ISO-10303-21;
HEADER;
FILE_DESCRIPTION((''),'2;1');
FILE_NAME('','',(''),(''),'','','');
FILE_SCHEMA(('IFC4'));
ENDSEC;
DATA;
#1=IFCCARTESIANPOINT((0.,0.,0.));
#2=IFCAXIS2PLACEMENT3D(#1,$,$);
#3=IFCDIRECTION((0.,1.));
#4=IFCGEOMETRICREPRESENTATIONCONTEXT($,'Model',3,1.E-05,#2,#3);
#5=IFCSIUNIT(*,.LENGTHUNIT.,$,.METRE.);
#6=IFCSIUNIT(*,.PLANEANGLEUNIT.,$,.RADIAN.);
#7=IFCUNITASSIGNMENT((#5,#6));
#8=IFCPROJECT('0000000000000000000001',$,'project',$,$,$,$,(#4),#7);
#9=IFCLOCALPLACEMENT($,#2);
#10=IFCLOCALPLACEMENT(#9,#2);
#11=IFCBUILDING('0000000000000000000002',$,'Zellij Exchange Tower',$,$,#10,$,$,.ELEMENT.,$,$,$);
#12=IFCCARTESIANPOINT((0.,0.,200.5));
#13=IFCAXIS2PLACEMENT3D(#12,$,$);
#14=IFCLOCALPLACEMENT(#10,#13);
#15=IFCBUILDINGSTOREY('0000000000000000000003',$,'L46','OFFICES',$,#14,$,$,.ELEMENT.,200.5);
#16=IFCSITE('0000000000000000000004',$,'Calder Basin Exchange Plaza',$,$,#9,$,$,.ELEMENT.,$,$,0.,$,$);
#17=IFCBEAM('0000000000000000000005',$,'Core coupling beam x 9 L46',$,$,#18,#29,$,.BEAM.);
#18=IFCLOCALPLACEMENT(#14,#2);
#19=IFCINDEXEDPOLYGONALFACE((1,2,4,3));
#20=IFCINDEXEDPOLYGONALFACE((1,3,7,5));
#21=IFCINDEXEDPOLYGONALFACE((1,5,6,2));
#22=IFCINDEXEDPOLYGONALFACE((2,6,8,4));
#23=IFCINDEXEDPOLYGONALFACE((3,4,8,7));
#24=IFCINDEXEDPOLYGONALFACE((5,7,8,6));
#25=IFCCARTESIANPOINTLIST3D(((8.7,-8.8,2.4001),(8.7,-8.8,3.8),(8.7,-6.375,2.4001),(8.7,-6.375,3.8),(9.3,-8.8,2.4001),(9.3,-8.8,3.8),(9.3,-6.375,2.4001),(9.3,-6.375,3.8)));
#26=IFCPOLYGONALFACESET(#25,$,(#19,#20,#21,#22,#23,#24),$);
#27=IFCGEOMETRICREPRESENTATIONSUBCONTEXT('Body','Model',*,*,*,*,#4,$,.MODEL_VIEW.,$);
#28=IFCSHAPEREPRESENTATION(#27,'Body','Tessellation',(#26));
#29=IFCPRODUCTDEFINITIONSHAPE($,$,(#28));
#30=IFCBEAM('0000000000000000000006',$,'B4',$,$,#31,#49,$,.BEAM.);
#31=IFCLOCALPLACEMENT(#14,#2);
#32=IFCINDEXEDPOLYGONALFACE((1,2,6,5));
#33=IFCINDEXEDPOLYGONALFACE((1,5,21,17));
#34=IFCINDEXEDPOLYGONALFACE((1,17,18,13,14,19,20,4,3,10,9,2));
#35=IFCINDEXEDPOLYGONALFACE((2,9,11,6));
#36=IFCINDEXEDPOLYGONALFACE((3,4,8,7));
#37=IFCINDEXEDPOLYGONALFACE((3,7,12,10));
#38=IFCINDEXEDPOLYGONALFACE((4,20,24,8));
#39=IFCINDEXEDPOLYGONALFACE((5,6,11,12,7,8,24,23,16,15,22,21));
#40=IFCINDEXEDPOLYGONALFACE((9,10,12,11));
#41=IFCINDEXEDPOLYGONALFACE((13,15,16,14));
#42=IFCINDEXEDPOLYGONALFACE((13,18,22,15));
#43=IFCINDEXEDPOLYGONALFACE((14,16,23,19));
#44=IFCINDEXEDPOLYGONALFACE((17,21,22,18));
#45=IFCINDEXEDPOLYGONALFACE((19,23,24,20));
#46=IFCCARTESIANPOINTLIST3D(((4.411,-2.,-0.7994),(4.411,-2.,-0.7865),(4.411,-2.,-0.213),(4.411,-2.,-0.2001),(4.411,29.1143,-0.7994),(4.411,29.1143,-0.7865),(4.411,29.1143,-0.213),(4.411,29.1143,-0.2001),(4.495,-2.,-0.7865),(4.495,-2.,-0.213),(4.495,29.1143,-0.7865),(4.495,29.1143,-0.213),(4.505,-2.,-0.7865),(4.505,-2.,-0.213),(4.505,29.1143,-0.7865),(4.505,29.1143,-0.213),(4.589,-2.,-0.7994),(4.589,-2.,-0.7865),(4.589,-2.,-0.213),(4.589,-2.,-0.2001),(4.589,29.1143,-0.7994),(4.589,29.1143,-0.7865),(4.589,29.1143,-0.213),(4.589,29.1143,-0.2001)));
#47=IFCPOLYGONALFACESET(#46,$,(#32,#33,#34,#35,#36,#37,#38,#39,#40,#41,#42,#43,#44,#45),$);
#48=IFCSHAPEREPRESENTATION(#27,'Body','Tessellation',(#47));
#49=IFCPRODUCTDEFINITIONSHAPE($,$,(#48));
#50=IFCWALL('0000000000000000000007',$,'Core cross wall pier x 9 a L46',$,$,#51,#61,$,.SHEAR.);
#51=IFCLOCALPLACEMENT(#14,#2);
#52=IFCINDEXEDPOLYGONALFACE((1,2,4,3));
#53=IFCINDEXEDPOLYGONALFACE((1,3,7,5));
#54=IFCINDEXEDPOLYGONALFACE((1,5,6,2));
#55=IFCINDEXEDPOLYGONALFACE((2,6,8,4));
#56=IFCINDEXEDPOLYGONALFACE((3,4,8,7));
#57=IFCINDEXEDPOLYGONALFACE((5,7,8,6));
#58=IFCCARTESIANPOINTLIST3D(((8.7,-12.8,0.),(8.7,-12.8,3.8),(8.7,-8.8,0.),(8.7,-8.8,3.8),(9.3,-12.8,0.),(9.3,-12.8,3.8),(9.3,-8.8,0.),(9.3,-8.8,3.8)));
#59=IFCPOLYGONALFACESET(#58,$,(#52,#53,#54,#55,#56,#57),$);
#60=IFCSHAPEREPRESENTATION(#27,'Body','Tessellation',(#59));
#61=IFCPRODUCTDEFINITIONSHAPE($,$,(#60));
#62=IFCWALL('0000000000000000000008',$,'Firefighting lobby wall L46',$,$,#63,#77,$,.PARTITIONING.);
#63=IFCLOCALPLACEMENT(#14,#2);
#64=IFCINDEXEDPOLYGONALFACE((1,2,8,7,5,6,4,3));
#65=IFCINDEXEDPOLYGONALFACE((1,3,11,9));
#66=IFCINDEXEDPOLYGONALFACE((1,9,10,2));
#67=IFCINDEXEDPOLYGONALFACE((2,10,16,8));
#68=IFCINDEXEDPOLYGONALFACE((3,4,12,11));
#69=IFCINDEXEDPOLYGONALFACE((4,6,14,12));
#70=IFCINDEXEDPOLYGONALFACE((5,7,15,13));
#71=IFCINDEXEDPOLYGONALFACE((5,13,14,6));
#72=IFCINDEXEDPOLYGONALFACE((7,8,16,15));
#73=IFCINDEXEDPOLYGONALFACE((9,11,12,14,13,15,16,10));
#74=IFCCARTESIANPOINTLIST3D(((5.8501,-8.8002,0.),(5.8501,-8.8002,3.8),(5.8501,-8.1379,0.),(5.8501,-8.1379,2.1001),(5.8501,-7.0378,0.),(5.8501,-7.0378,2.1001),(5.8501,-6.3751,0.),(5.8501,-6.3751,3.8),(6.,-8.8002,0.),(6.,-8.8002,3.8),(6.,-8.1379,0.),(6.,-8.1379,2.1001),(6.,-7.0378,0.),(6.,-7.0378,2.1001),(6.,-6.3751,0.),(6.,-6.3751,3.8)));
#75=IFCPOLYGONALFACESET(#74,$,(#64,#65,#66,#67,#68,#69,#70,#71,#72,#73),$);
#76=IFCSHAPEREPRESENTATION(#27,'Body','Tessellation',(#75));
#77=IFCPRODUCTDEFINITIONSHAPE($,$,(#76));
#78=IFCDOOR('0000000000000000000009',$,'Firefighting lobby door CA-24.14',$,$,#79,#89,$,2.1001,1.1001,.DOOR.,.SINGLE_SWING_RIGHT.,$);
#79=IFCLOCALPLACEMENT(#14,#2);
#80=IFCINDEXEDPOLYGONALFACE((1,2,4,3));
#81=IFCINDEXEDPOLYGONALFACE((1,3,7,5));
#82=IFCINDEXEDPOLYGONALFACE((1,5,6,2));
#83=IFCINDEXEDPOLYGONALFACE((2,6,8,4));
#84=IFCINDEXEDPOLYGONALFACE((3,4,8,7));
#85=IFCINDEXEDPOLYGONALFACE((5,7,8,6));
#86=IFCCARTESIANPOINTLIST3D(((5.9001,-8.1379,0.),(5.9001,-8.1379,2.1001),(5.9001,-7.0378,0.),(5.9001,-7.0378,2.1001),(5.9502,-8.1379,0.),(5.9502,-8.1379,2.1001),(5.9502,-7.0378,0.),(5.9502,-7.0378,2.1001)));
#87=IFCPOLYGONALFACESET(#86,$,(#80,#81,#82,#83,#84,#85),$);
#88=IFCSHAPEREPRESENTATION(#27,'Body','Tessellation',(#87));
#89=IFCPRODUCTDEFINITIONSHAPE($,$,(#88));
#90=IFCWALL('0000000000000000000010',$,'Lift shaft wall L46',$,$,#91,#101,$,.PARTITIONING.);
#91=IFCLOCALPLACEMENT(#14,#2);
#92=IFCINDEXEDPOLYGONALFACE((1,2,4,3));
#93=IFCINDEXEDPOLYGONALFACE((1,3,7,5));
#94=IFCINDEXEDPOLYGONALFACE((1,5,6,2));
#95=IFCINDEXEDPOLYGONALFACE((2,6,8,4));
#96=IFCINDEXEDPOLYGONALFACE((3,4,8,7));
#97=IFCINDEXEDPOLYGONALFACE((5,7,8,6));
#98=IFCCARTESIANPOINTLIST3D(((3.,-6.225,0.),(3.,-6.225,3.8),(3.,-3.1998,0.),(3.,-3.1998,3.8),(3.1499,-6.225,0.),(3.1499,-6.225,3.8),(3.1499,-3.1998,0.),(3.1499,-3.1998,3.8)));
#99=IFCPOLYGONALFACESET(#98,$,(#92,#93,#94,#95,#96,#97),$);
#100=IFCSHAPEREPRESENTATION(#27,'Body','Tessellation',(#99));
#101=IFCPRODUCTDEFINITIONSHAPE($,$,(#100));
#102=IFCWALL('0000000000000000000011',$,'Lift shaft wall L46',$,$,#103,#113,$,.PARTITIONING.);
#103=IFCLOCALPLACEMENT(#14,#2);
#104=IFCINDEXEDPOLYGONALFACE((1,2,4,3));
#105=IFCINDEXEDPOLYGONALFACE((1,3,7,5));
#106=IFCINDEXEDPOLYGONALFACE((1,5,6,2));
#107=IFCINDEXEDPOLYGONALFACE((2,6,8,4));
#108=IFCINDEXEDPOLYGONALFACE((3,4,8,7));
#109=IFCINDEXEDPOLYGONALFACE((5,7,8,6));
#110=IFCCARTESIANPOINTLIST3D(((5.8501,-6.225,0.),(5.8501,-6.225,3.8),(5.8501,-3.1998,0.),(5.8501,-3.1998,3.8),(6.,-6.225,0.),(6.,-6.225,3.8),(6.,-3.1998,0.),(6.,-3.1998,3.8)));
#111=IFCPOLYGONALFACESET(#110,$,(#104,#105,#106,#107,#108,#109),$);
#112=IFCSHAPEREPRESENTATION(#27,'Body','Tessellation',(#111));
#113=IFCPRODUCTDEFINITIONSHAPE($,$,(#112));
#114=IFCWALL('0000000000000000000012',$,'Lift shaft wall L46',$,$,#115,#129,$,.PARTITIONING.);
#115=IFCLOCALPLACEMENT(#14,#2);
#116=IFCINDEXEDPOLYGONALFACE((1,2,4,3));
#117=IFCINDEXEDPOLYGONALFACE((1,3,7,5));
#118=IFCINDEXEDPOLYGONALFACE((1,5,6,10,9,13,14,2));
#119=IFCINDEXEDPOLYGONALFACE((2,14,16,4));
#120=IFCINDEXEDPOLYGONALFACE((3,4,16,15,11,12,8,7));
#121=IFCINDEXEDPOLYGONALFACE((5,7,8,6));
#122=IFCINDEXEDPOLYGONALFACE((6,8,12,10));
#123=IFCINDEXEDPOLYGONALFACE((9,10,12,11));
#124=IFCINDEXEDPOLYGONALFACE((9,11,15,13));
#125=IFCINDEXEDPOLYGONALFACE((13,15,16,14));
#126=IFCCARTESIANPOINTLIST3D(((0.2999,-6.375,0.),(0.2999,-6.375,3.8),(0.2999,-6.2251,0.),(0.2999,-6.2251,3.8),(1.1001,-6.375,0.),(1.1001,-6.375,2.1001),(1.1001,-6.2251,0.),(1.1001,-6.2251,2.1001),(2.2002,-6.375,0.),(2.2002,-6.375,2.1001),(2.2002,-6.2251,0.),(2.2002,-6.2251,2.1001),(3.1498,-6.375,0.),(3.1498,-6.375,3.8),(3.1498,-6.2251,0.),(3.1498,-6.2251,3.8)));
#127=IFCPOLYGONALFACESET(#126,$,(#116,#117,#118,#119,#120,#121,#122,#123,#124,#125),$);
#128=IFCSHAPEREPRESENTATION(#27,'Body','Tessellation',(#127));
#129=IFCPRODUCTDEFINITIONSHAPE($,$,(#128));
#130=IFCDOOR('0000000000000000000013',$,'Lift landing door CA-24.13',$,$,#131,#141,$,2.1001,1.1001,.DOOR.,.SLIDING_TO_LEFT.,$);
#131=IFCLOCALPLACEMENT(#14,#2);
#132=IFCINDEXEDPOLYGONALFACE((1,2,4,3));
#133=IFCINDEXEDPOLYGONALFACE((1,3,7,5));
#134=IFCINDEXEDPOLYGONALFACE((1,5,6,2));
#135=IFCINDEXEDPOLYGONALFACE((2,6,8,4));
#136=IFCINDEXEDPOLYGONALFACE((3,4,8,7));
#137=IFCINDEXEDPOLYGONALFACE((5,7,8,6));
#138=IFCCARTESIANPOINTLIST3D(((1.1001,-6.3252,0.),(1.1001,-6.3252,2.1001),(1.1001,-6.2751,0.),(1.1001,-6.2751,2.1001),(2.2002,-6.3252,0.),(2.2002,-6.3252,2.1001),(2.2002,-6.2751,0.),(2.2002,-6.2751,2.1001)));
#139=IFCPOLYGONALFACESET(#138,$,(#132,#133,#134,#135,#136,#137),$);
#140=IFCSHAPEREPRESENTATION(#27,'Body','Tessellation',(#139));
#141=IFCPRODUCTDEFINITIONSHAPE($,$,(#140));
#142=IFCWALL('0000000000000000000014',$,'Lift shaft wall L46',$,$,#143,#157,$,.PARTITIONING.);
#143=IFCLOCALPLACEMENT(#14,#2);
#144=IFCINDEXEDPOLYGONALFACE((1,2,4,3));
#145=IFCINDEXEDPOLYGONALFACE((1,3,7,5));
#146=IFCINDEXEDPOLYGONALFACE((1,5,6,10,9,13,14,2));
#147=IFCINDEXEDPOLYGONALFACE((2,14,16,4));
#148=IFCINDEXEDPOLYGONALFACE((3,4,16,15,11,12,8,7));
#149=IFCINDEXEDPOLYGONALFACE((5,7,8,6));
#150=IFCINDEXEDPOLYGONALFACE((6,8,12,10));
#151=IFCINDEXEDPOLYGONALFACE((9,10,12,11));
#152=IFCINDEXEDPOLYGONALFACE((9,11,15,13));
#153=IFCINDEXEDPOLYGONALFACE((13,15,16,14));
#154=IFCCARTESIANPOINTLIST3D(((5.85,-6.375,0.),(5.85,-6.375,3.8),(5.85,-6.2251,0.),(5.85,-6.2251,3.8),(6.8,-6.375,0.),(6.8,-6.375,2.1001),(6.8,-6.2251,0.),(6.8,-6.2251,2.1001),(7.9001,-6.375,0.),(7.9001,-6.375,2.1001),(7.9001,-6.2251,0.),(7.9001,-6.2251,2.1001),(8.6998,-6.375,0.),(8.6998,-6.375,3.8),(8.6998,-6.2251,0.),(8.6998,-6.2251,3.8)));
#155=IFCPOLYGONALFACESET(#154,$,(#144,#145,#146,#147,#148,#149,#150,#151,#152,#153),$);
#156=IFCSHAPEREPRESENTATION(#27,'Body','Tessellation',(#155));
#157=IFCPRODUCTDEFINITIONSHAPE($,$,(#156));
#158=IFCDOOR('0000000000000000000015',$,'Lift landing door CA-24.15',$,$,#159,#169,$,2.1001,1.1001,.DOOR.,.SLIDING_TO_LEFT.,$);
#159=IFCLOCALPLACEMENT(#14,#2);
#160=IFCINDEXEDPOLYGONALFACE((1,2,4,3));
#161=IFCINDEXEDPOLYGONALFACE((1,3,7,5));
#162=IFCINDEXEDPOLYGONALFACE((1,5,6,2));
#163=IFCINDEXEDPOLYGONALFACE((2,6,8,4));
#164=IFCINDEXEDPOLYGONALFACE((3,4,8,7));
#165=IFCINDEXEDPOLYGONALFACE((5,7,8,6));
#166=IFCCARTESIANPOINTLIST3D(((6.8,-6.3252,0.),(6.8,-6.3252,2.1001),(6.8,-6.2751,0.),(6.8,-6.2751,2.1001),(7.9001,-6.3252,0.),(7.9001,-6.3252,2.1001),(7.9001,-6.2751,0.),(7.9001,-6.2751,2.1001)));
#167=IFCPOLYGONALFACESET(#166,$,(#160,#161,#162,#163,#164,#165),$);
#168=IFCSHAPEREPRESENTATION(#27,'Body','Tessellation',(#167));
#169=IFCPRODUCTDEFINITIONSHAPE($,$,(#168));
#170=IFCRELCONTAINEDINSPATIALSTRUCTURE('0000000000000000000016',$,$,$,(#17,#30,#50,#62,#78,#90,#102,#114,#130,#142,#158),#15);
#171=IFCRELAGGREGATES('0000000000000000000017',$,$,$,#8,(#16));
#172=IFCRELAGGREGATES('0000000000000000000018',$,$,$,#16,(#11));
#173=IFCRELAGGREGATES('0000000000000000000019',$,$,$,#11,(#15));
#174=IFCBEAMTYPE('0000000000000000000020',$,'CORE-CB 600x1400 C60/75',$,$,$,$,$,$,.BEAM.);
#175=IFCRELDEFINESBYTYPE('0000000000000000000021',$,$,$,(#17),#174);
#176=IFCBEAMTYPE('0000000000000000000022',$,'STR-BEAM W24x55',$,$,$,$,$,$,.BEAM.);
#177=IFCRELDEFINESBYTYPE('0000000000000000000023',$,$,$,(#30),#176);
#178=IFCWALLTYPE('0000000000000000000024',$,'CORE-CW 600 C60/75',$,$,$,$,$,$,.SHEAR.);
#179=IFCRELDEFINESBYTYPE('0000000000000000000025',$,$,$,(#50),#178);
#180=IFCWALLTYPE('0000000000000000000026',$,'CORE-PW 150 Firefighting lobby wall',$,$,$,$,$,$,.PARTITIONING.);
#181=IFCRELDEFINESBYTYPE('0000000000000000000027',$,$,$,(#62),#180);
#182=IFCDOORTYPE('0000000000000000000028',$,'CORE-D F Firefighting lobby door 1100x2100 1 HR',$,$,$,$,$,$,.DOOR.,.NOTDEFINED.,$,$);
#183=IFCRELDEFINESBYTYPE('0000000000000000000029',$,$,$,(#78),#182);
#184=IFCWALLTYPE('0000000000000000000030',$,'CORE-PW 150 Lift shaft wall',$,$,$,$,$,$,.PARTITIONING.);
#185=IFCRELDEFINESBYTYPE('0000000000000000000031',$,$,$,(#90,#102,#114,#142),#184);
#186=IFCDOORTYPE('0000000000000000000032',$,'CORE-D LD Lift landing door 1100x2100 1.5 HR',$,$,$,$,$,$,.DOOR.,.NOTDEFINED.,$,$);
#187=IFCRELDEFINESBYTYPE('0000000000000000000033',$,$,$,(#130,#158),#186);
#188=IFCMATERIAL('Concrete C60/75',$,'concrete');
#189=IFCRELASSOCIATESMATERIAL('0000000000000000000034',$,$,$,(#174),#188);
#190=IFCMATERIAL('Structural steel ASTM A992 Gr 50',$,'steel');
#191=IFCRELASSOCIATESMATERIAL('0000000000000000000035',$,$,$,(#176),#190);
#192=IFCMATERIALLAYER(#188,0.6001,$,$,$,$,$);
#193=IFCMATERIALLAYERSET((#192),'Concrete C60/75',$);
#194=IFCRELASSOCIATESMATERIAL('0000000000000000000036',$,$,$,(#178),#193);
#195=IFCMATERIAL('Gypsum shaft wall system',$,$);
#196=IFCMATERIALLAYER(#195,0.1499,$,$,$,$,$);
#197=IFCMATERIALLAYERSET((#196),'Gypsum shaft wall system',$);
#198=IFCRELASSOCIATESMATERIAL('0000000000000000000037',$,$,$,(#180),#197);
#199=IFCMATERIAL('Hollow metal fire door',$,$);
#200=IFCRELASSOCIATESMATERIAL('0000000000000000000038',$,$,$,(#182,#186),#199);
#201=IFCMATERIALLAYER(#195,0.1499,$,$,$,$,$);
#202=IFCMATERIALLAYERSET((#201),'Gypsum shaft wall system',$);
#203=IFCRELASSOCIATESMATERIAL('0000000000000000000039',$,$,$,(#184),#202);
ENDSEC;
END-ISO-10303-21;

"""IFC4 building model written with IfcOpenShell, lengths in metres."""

from ifc_helpers import new_model, si_unit, direction, frame, frame_2d, origin, origin_2d, place, context, subcontext, project, spatial, rectangle, i_section, extrude, material, layer, layer_set, material_profile, profile_set, type_object, element, fill, save


model = new_model("IFC4")

# Units and contexts
model_context = context("Model", 3, precision=1e-05, world=origin(), true_north=direction((0.0, 1.0)))
body_context = subcontext(model_context, "Body", "Model", "MODEL_VIEW")
ifc_project = project(units=[si_unit("LENGTHUNIT", "METRE"), si_unit("PLANEANGLEUNIT", "RADIAN")], contexts=[model_context])

# Site, building, storey
site_placement = place(None, origin())
site = spatial("IfcSite", under=ifc_project, at=site_placement, Name="Calder Basin Exchange Plaza", CompositionType="ELEMENT", RefElevation=0.0)
building_placement = place(site_placement, origin())
building = spatial("IfcBuilding", under=site, at=building_placement, Name="Zellij Exchange Tower", CompositionType="ELEMENT")
storey_placement = place(building_placement, frame((0.0, 0.0, 200.5)))
storey = spatial("IfcBuildingStorey", under=building, at=storey_placement, Name="L46", Description="OFFICES", CompositionType="ELEMENT", Elevation=200.5)

# Beams
ifc_material_1 = material(Name="Concrete C60/75", Category="concrete")
ifc_material_profile_1 = material_profile(ifc_material_1, rectangle(XDim=0.6001, YDim=1.3999, at=origin_2d()), Name="CORE-CB 600x1400 C60/75")
ifc_profile_set_1 = profile_set([ifc_material_profile_1], Name="Concrete C60/75")
beam_type_1 = type_object("IfcBeamType", Name="CORE-CB 600x1400 C60/75", PredefinedType="BEAM", material=ifc_profile_set_1)
beam_1_placement = place(storey_placement, frame((9.0, -8.8, 3.1001), z_axis=(0.0, 1.0, 0.0), x_axis=(-1.0, 0.0, 0.0)))
element("IfcBeam", 1, at=beam_1_placement, inside=storey, type_object=beam_type_1, Name="Core coupling beam x 9 L46", PredefinedType="BEAM", context=body_context, shape_type="SweptSolid", body=[
    extrude(rectangle(XDim=0.6001, YDim=1.3999, at=origin_2d()), origin(), (0.0, 0.0, 1.0), 2.425),
])
ifc_material_2 = material(Name="Structural steel ASTM A992 Gr 50", Category="steel")
ifc_material_profile_2 = material_profile(ifc_material_2, i_section(OverallWidth=0.178, OverallDepth=0.5994, WebThickness=0.01, FlangeThickness=0.0129, at=origin_2d()), Name="W24x55")
ifc_profile_set_2 = profile_set([ifc_material_profile_2], Name="Structural steel ASTM A992 Gr 50")
beam_type_2 = type_object("IfcBeamType", Name="STR-BEAM W24x55", PredefinedType="BEAM", material=ifc_profile_set_2)
beam_2_placement = place(storey_placement, frame((4.5, -2.0, -0.4998), z_axis=(0.0, 1.0, 0.0), x_axis=(-1.0, 0.0, 0.0)))
element("IfcBeam", 2, at=beam_2_placement, inside=storey, type_object=beam_type_2, Name="B4", PredefinedType="BEAM", context=body_context, shape_type="SweptSolid", body=[
    extrude(i_section(OverallWidth=0.178, OverallDepth=0.5994, WebThickness=0.01, FlangeThickness=0.0129, at=origin_2d()), origin(), (0.0, 0.0, 1.0), 31.1143),
])

# Wall
ifc_layer_1 = layer(ifc_material_1, 0.6001)
ifc_layer_set_1 = layer_set([ifc_layer_1], Name="Concrete C60/75")
wall_type_1 = type_object("IfcWallType", Name="CORE-CW 600 C60/75", PredefinedType="SHEAR", material=ifc_layer_set_1)
wall_1_placement = place(storey_placement, frame((9.0, -12.8, 0.0), z_axis=(0.0, 0.0, 1.0), x_axis=(0.0, 1.0, 0.0)))
element("IfcWall", 3, at=wall_1_placement, inside=storey, type_object=wall_type_1, Name="Core cross wall pier x 9 a L46", PredefinedType="SHEAR", context=body_context, shape_type="SweptSolid", body=[
    extrude(rectangle(XDim=4.0, YDim=0.6001, at=frame_2d((2.0, 0.0))), origin(), (0.0, 0.0, 1.0), 3.8),
])

# Wall, opening, door
ifc_material_3 = material(Name="Gypsum shaft wall system")
ifc_layer_2 = layer(ifc_material_3, 0.1499)
ifc_layer_set_2 = layer_set([ifc_layer_2], Name="Gypsum shaft wall system")
wall_type_2 = type_object("IfcWallType", Name="CORE-PW 150 Firefighting lobby wall", PredefinedType="PARTITIONING", material=ifc_layer_set_2)
wall_2_placement = place(storey_placement, frame((5.925, -8.8, 0.0), z_axis=(0.0, 0.0, 1.0), x_axis=(0.0, 1.0, 0.0)))
wall_2 = element("IfcWall", 4, at=wall_2_placement, inside=storey, type_object=wall_type_2, Name="Firefighting lobby wall L46", PredefinedType="PARTITIONING", context=body_context, shape_type="SweptSolid", body=[
    extrude(rectangle(XDim=2.425, YDim=0.1499, at=frame_2d((1.2124, 0.0))), origin(), (0.0, 0.0, 1.0), 3.8),
])
opening_1_placement = place(wall_2_placement, frame((0.6621, 0.0, 0.0)))
opening_1 = element("IfcOpeningElement", 5, at=opening_1_placement, cuts=wall_2, PredefinedType="OPENING", context=body_context, shape_type="SweptSolid", body=[
    extrude(rectangle(XDim=1.1001, YDim=2.1001, at=frame_2d((0.55, 1.05))), frame((0.0, 0.0869, 0.0), z_axis=(0.0, -1.0, 0.0), x_axis=(1.0, 0.0, 0.0)), (0.0, 0.0, 1.0), 0.1738),
])
ifc_material_4 = material(Name="Hollow metal fire door")
door_type_1 = type_object("IfcDoorType", Name="CORE-D F Firefighting lobby door 1100x2100 1 HR", OperationType="NOTDEFINED", PredefinedType="DOOR", material=ifc_material_4)
door_1_placement = place(opening_1_placement, origin())
door_1 = element("IfcDoor", 6, at=door_1_placement, inside=storey, type_object=door_type_1, Name="Firefighting lobby door CA-24.14", OperationType="SINGLE_SWING_RIGHT", OverallHeight=2.1001, OverallWidth=1.1001, PredefinedType="DOOR", context=body_context, shape_type="SweptSolid", body=[
    extrude(rectangle(XDim=1.1001, YDim=2.1001, at=frame_2d((0.55, 1.05))), frame((0.0, 0.0249, 0.0), z_axis=(0.0, -1.0, 0.0), x_axis=(1.0, 0.0, 0.0)), (0.0, 0.0, 1.0), 0.05),
])
fill(opening_1, door_1)

# Walls
ifc_layer_3 = layer(ifc_material_3, 0.1499)
ifc_layer_set_3 = layer_set([ifc_layer_3], Name="Gypsum shaft wall system")
wall_type_3 = type_object("IfcWallType", Name="CORE-PW 150 Lift shaft wall", PredefinedType="PARTITIONING", material=ifc_layer_set_3)
for number, where, z_axis, x_axis, name in (
    (7, (3.075, -6.2251, 0.0), (0.0, 0.0, 1.0), (0.0, 1.0, 0.0), "Lift shaft wall L46"),
    (8, (5.925, -6.2251, 0.0), (0.0, 0.0, 1.0), (0.0, 1.0, 0.0), "Lift shaft wall L46"),
):
    element("IfcWall", number, at=place(storey_placement, frame(where, z_axis=z_axis, x_axis=x_axis)), inside=storey, type_object=wall_type_3, Name=name, PredefinedType="PARTITIONING", context=body_context, shape_type="SweptSolid", body=[
        extrude(rectangle(XDim=3.0251, YDim=0.1499, at=frame_2d((1.5127, 0.0))), origin(), (0.0, 0.0, 1.0), 3.8),
    ])

# Walls, openings, doors
wall_3_placement = place(storey_placement, frame((0.3, -6.3, 0.0), z_axis=(0.0, 0.0, 1.0), x_axis=(1.0, 0.0, 0.0)))
wall_3 = element("IfcWall", 9, at=wall_3_placement, inside=storey, type_object=wall_type_3, Name="Lift shaft wall L46", PredefinedType="PARTITIONING", context=body_context, shape_type="SweptSolid", body=[
    extrude(rectangle(XDim=2.8499, YDim=0.1499, at=frame_2d((1.4248, 0.0))), origin(), (0.0, 0.0, 1.0), 3.8),
])
opening_2_placement = place(wall_3_placement, frame((0.8, 0.0, 0.0)))
opening_2 = element("IfcOpeningElement", 10, at=opening_2_placement, cuts=wall_3, PredefinedType="OPENING", context=body_context, shape_type="SweptSolid", body=[
    extrude(rectangle(XDim=1.1001, YDim=2.1001, at=frame_2d((0.55, 1.05))), frame((0.0, 0.0869, 0.0), z_axis=(0.0, -1.0, 0.0), x_axis=(1.0, 0.0, 0.0)), (0.0, 0.0, 1.0), 0.1738),
])
door_type_2 = type_object("IfcDoorType", Name="CORE-D LD Lift landing door 1100x2100 1.5 HR", OperationType="NOTDEFINED", PredefinedType="DOOR", material=ifc_material_4)
door_2_placement = place(opening_2_placement, origin())
door_2 = element("IfcDoor", 11, at=door_2_placement, inside=storey, type_object=door_type_2, Name="Lift landing door CA-24.13", OperationType="SLIDING_TO_LEFT", OverallHeight=2.1001, OverallWidth=1.1001, PredefinedType="DOOR", context=body_context, shape_type="SweptSolid", body=[
    extrude(rectangle(XDim=1.1001, YDim=2.1001, at=frame_2d((0.55, 1.05))), frame((0.0, 0.0249, 0.0), z_axis=(0.0, -1.0, 0.0), x_axis=(1.0, 0.0, 0.0)), (0.0, 0.0, 1.0), 0.05),
])
fill(opening_2, door_2)
wall_4_placement = place(storey_placement, frame((5.8501, -6.3, 0.0), z_axis=(0.0, 0.0, 1.0), x_axis=(1.0, 0.0, 0.0)))
wall_4 = element("IfcWall", 12, at=wall_4_placement, inside=storey, type_object=wall_type_3, Name="Lift shaft wall L46", PredefinedType="PARTITIONING", context=body_context, shape_type="SweptSolid", body=[
    extrude(rectangle(XDim=2.8499, YDim=0.1499, at=frame_2d((1.4248, 0.0))), origin(), (0.0, 0.0, 1.0), 3.8),
])
opening_3_placement = place(wall_4_placement, frame((0.95, 0.0, 0.0)))
opening_3 = element("IfcOpeningElement", 13, at=opening_3_placement, cuts=wall_4, PredefinedType="OPENING", context=body_context, shape_type="SweptSolid", body=[
    extrude(rectangle(XDim=1.1001, YDim=2.1001, at=frame_2d((0.55, 1.05))), frame((0.0, 0.0869, 0.0), z_axis=(0.0, -1.0, 0.0), x_axis=(1.0, 0.0, 0.0)), (0.0, 0.0, 1.0), 0.1738),
])
door_3_placement = place(opening_3_placement, origin())
door_3 = element("IfcDoor", 14, at=door_3_placement, inside=storey, type_object=door_type_2, Name="Lift landing door CA-24.15", OperationType="SLIDING_TO_LEFT", OverallHeight=2.1001, OverallWidth=1.1001, PredefinedType="DOOR", context=body_context, shape_type="SweptSolid", body=[
    extrude(rectangle(XDim=1.1001, YDim=2.1001, at=frame_2d((0.55, 1.05))), frame((0.0, 0.0249, 0.0), z_axis=(0.0, -1.0, 0.0), x_axis=(1.0, 0.0, 0.0)), (0.0, 0.0, 1.0), 0.05),
])
fill(opening_3, door_3)

save(model, "model.ifc")
